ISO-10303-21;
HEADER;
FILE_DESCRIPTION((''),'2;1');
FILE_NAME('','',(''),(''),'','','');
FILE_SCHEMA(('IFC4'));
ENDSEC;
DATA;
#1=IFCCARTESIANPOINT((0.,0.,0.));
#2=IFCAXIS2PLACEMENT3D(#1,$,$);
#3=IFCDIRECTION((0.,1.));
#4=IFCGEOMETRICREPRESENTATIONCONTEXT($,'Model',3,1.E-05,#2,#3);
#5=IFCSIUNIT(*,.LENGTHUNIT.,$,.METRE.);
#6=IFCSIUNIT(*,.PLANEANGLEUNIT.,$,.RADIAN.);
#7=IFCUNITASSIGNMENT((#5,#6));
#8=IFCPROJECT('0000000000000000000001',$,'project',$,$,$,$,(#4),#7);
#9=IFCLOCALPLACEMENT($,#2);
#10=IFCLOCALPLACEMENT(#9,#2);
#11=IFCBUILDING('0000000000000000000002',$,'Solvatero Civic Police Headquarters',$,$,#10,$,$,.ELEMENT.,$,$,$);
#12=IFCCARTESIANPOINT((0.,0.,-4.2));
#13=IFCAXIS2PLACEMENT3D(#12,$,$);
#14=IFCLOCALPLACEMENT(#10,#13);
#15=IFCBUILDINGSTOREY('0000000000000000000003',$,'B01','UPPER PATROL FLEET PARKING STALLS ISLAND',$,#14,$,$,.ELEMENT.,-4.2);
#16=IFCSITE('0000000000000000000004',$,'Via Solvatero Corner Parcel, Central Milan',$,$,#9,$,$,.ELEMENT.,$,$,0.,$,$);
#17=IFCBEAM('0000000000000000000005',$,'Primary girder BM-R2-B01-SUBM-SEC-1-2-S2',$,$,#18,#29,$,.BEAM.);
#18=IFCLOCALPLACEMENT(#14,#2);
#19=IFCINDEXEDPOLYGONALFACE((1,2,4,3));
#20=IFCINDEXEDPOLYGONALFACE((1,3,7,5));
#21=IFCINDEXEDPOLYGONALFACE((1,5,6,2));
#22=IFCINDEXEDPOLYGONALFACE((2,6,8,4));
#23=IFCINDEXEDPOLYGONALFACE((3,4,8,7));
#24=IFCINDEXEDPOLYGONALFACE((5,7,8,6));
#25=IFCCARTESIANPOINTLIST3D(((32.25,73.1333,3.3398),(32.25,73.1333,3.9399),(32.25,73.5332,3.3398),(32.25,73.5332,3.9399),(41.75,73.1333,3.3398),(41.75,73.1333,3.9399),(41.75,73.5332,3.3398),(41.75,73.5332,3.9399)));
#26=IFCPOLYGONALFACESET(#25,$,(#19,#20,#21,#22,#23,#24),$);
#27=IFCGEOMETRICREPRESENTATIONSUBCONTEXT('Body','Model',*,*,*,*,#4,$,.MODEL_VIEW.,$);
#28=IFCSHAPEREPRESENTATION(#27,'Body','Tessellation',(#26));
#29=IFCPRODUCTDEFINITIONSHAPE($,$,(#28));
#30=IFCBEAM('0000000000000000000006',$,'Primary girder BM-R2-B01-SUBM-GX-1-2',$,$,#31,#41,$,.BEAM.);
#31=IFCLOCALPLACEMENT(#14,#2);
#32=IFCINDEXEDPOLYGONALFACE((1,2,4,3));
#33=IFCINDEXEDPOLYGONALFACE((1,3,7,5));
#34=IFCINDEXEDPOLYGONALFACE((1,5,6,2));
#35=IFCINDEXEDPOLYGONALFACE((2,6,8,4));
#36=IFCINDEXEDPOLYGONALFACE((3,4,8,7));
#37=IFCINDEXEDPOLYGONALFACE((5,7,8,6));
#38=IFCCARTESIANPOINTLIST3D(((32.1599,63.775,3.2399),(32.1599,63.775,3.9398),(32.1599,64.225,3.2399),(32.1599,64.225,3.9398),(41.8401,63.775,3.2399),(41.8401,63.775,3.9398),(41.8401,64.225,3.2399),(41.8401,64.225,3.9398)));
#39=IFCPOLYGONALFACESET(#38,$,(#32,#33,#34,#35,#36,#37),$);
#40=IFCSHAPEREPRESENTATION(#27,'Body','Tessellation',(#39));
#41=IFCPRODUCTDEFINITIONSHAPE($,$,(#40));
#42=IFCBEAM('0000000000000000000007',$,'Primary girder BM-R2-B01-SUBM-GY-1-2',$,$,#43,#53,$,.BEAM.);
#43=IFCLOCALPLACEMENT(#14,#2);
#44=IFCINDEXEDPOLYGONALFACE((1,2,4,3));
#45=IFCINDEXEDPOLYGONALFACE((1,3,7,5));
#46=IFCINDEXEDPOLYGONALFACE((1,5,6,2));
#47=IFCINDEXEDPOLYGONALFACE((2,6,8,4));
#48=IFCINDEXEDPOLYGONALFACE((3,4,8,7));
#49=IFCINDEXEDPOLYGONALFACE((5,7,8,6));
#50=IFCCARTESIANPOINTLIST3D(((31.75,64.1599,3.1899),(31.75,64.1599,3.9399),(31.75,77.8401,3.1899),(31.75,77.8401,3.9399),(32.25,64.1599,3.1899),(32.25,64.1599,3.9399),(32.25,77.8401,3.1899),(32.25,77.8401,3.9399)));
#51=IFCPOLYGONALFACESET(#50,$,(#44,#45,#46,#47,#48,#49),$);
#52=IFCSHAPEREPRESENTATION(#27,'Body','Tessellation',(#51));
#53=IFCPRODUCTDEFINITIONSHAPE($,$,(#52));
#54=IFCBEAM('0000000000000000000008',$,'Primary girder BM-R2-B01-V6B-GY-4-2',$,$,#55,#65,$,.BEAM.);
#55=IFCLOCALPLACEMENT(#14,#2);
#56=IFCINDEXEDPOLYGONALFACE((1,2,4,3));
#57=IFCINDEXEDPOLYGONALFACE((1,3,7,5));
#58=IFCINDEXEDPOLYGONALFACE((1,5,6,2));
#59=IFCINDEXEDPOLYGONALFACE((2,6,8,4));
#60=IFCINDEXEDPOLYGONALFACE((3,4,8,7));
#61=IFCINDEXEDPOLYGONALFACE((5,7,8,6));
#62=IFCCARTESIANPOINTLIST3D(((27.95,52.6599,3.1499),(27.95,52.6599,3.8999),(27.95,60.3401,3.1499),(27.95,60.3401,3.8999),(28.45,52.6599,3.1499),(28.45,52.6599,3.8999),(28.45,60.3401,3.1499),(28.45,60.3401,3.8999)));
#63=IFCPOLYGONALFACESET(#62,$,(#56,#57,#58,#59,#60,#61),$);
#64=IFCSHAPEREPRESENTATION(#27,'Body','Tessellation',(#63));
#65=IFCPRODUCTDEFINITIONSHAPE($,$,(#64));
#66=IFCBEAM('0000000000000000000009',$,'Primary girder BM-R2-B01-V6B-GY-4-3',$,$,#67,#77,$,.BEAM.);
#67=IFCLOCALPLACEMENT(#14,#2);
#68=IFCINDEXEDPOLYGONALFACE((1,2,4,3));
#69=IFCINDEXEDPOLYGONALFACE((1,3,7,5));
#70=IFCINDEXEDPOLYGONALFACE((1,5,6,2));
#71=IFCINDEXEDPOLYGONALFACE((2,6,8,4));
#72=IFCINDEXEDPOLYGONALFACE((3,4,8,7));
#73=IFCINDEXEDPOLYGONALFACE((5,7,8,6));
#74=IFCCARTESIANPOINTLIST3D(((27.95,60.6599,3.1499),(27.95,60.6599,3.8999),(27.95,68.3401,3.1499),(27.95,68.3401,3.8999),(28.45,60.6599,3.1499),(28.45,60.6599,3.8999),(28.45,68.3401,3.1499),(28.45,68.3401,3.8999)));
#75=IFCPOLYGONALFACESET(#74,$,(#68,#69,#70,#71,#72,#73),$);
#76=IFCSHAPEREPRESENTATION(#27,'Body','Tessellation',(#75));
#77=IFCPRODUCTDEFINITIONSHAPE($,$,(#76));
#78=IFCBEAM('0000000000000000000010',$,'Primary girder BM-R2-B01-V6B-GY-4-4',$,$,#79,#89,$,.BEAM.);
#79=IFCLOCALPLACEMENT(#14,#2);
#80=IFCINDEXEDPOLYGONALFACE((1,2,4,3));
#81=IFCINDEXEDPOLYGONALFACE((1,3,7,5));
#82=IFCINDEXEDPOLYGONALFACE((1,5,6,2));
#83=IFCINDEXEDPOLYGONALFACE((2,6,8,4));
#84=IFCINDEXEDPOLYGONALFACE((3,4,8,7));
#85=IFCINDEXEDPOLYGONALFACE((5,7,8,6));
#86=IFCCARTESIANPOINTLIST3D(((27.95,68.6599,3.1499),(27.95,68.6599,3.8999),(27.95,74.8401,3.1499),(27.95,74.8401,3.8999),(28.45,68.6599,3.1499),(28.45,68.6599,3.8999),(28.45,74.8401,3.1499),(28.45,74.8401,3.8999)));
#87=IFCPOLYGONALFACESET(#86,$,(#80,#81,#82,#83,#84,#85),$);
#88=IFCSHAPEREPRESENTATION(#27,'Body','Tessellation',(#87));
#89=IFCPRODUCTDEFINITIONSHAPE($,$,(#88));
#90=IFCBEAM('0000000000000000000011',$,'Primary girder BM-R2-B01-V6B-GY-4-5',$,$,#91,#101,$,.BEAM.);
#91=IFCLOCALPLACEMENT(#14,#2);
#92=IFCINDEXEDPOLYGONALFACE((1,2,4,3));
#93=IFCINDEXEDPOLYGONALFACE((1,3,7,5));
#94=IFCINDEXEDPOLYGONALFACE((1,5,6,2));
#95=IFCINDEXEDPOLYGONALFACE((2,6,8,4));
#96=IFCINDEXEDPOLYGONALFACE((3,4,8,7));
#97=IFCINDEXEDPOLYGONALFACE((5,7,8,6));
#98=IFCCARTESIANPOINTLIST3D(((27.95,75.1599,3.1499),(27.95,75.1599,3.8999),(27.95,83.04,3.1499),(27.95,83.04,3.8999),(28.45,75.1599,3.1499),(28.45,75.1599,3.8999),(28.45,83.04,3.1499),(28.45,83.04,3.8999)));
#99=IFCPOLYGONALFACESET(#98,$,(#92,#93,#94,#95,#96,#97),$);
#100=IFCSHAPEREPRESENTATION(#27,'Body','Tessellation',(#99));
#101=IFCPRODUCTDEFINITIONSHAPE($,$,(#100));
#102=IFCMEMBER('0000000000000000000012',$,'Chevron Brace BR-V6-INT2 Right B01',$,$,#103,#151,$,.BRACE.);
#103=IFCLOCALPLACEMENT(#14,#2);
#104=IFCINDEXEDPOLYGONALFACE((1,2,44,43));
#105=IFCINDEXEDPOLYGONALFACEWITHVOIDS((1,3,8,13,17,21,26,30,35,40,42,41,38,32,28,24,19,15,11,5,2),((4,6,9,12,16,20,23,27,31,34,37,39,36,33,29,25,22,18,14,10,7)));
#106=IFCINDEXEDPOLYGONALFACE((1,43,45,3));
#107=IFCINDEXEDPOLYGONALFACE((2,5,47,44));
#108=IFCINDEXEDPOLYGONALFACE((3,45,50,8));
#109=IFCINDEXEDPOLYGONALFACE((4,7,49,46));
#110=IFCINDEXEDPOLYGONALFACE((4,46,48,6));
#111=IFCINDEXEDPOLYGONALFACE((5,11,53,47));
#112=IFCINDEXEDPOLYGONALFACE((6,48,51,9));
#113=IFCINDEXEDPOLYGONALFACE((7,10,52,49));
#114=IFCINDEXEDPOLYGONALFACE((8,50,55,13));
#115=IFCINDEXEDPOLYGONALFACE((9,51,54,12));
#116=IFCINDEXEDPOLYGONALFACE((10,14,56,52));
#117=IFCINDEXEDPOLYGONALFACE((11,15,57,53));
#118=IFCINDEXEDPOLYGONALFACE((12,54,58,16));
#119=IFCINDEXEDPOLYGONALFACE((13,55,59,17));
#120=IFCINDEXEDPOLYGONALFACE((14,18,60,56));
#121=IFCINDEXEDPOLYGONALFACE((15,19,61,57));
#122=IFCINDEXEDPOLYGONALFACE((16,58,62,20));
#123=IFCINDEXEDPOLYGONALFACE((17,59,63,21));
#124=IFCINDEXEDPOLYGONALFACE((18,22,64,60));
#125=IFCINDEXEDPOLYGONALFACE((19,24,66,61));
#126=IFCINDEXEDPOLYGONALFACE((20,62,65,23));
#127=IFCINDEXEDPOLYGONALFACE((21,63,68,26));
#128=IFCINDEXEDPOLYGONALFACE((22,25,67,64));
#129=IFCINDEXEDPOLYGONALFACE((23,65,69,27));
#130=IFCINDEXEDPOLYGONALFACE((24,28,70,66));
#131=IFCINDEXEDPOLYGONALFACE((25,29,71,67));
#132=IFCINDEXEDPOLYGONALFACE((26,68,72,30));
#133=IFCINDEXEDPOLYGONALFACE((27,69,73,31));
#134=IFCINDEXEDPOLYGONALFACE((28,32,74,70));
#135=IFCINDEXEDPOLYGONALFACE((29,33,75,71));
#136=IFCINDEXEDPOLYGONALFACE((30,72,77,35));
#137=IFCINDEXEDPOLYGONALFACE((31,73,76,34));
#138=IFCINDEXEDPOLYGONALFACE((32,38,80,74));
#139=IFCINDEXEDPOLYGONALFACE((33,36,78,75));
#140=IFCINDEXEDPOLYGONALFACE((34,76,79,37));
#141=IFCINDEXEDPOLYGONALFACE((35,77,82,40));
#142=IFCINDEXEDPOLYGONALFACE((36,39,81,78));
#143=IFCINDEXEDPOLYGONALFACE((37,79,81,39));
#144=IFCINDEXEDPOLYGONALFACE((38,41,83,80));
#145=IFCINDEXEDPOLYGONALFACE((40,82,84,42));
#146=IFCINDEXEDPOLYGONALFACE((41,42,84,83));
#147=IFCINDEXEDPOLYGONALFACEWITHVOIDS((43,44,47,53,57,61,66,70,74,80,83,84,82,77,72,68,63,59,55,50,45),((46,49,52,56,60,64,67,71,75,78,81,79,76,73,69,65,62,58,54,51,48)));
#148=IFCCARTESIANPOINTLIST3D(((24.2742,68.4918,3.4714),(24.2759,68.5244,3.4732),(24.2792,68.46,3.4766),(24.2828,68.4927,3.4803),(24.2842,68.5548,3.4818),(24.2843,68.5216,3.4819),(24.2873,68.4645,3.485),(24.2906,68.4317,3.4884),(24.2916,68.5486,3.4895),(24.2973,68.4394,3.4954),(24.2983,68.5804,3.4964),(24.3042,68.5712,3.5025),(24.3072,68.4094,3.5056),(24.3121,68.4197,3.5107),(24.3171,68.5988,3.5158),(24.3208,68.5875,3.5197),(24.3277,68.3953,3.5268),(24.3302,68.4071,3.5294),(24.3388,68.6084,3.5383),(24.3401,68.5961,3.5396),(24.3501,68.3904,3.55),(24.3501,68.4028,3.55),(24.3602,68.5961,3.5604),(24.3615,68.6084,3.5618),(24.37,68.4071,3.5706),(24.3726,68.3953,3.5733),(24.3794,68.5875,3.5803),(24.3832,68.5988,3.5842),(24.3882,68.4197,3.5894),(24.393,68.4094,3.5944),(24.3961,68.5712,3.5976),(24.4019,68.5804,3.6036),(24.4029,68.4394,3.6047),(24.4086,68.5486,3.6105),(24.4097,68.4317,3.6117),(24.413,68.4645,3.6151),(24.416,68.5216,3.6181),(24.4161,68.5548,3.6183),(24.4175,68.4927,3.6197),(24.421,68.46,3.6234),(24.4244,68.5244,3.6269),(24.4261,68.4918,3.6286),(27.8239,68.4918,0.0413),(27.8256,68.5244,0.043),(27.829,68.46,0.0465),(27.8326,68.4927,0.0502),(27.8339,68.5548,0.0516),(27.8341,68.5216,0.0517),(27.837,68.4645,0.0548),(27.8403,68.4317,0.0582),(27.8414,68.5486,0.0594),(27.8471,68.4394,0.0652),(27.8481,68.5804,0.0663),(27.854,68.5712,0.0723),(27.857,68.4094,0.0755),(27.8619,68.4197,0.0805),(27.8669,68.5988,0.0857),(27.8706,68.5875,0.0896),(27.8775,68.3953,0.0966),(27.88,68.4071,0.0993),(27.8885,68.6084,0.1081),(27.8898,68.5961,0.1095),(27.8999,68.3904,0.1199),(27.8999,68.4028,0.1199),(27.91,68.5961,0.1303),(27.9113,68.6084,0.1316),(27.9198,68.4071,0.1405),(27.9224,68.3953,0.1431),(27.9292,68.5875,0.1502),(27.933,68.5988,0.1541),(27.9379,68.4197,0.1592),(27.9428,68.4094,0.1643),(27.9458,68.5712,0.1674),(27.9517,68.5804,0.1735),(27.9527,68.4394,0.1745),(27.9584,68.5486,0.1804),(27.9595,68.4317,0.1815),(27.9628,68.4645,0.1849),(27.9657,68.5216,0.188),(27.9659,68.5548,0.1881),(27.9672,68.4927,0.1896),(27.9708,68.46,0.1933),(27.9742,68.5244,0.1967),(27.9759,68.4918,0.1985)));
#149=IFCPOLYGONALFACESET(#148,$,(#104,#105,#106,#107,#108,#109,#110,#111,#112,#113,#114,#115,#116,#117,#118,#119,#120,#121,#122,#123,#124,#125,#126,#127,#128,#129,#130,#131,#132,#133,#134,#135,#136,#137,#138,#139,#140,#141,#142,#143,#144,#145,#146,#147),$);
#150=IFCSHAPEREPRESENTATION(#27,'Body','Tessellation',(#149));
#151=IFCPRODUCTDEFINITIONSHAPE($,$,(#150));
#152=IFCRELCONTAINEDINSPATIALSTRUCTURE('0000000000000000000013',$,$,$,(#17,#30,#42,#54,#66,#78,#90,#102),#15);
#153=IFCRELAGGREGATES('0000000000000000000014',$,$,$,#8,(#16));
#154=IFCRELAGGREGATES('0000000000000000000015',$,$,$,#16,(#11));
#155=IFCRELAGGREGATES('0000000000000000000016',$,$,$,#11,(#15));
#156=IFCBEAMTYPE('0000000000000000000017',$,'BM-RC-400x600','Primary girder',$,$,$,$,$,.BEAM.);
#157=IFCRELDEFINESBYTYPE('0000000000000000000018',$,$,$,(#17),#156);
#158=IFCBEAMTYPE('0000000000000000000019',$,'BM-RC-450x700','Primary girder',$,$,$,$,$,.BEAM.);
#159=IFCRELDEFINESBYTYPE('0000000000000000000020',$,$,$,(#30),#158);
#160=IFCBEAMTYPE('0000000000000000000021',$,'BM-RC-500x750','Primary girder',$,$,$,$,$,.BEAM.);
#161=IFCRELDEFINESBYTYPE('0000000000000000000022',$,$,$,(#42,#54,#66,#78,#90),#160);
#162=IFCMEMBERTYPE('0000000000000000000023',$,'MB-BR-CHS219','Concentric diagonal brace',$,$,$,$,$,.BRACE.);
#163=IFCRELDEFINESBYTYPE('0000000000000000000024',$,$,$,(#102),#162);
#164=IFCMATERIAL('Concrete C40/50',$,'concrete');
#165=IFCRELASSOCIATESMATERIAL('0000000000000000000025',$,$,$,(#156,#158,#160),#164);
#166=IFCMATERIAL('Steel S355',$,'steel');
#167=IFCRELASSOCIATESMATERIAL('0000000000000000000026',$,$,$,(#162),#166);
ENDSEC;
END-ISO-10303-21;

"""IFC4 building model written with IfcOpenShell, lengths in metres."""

from ifc_helpers import new_model, si_unit, direction, frame, origin, origin_2d, place, context, subcontext, project, spatial, rectangle, hollow_circle, extrude, material, material_profile, profile_set, type_object, element, save


model = new_model("IFC4")

# Units and contexts
model_context = context("Model", 3, precision=1e-05, world=origin(), true_north=direction((0.0, 1.0)))
body_context = subcontext(model_context, "Body", "Model", "MODEL_VIEW")
ifc_project = project(units=[si_unit("LENGTHUNIT", "METRE"), si_unit("PLANEANGLEUNIT", "RADIAN")], contexts=[model_context])

# Site, building, storey
site_placement = place(None, origin())
site = spatial("IfcSite", under=ifc_project, at=site_placement, Name="Via Solvatero Corner Parcel, Central Milan", CompositionType="ELEMENT", RefElevation=0.0)
building_placement = place(site_placement, origin())
building = spatial("IfcBuilding", under=site, at=building_placement, Name="Solvatero Civic Police Headquarters", CompositionType="ELEMENT")
storey_placement = place(building_placement, frame((0.0, 0.0, -4.2)))
storey = spatial("IfcBuildingStorey", under=building, at=storey_placement, Name="B01", Description="UPPER PATROL FLEET PARKING STALLS ISLAND", CompositionType="ELEMENT", Elevation=-4.2)

# Shared definitions
ifc_material_1 = material(Name="Concrete C40/50", Category="concrete")

# Beams
ifc_material_profile_1 = material_profile(ifc_material_1, rectangle(XDim=0.3999, YDim=0.6001, at=origin_2d()), Name="RC 400x600")
ifc_profile_set_1 = profile_set([ifc_material_profile_1], Name="Concrete C40/50")
beam_type_1 = type_object("IfcBeamType", Name="BM-RC-400x600", Description="Primary girder", PredefinedType="BEAM", material=ifc_profile_set_1)
for number, where, z_axis, x_axis, name in (
    (1, (32.25, 73.3333, 3.6399), (1.0, 0.0, 0.0), (0.0, 1.0, 0.0), "Primary girder BM-R2-B01-SUBM-SEC-1-2-S2"),
):
    element("IfcBeam", number, at=place(storey_placement, frame(where, z_axis=z_axis, x_axis=x_axis)), inside=storey, type_object=beam_type_1, Name=name, PredefinedType="BEAM", context=body_context, shape_type="SweptSolid", body=[
        extrude(rectangle(XDim=0.3999, YDim=0.6001, at=origin_2d()), origin(), (0.0, 0.0, 1.0), 9.5),
    ])
ifc_material_profile_2 = material_profile(ifc_material_1, rectangle(XDim=0.45, YDim=0.7, at=origin_2d()), Name="RC 450x700")
ifc_profile_set_2 = profile_set([ifc_material_profile_2], Name="Concrete C40/50")
beam_type_2 = type_object("IfcBeamType", Name="BM-RC-450x700", Description="Primary girder", PredefinedType="BEAM", material=ifc_profile_set_2)
beam_1_placement = place(storey_placement, frame((32.1599, 64.0, 3.5898), z_axis=(1.0, 0.0, 0.0), x_axis=(0.0, 1.0, 0.0)))
element("IfcBeam", 2, at=beam_1_placement, inside=storey, type_object=beam_type_2, Name="Primary girder BM-R2-B01-SUBM-GX-1-2", PredefinedType="BEAM", context=body_context, shape_type="SweptSolid", body=[
    extrude(rectangle(XDim=0.45, YDim=0.7, at=origin_2d()), origin(), (0.0, 0.0, 1.0), 9.6802),
])
ifc_material_profile_3 = material_profile(ifc_material_1, rectangle(XDim=0.5, YDim=0.75, at=origin_2d()), Name="RC 500x750")
ifc_profile_set_3 = profile_set([ifc_material_profile_3], Name="Concrete C40/50")
beam_type_3 = type_object("IfcBeamType", Name="BM-RC-500x750", Description="Primary girder", PredefinedType="BEAM", material=ifc_profile_set_3)
beam_2_placement = place(storey_placement, frame((32.0, 64.1599, 3.5649), z_axis=(0.0, 1.0, 0.0), x_axis=(-1.0, 0.0, 0.0)))
element("IfcBeam", 3, at=beam_2_placement, inside=storey, type_object=beam_type_3, Name="Primary girder BM-R2-B01-SUBM-GY-1-2", PredefinedType="BEAM", context=body_context, shape_type="SweptSolid", body=[
    extrude(rectangle(XDim=0.5, YDim=0.75, at=origin_2d()), origin(), (0.0, 0.0, 1.0), 13.6802),
])
for number, where, z_axis, x_axis, name in (
    (4, (28.2, 52.6599, 3.5249), (0.0, 1.0, 0.0), (-1.0, 0.0, 0.0), "Primary girder BM-R2-B01-V6B-GY-4-2"),
    (5, (28.2, 60.6599, 3.5249), (0.0, 1.0, 0.0), (-1.0, 0.0, 0.0), "Primary girder BM-R2-B01-V6B-GY-4-3"),
):
    element("IfcBeam", number, at=place(storey_placement, frame(where, z_axis=z_axis, x_axis=x_axis)), inside=storey, type_object=beam_type_3, Name=name, PredefinedType="BEAM", context=body_context, shape_type="SweptSolid", body=[
        extrude(rectangle(XDim=0.5, YDim=0.75, at=origin_2d()), origin(), (0.0, 0.0, 1.0), 7.6802),
    ])
beam_3_placement = place(storey_placement, frame((28.2, 68.6599, 3.5249), z_axis=(0.0, 1.0, 0.0), x_axis=(-1.0, 0.0, 0.0)))
element("IfcBeam", 6, at=beam_3_placement, inside=storey, type_object=beam_type_3, Name="Primary girder BM-R2-B01-V6B-GY-4-4", PredefinedType="BEAM", context=body_context, shape_type="SweptSolid", body=[
    extrude(rectangle(XDim=0.5, YDim=0.75, at=origin_2d()), origin(), (0.0, 0.0, 1.0), 6.1802),
])
beam_4_placement = place(storey_placement, frame((28.2, 75.1599, 3.5249), z_axis=(0.0, 1.0, 0.0), x_axis=(-1.0, 0.0, 0.0)))
element("IfcBeam", 7, at=beam_4_placement, inside=storey, type_object=beam_type_3, Name="Primary girder BM-R2-B01-V6B-GY-4-5", PredefinedType="BEAM", context=body_context, shape_type="SweptSolid", body=[
    extrude(rectangle(XDim=0.5, YDim=0.75, at=origin_2d()), origin(), (0.0, 0.0, 1.0), 7.8801),
])

# Member
ifc_material_2 = material(Name="Steel S355", Category="steel")
ifc_material_profile_4 = material_profile(ifc_material_2, hollow_circle(Radius=0.1096, WallThickness=0.0125, at=origin_2d()), Name="CHS 219.1x12.5")
ifc_profile_set_4 = profile_set([ifc_material_profile_4], Name="Steel S355")
member_type_1 = type_object("IfcMemberType", Name="MB-BR-CHS219", Description="Concentric diagonal brace", PredefinedType="BRACE", material=ifc_profile_set_4)
member_1_placement = place(storey_placement, frame((27.8999, 68.5, 0.1199), z_axis=(-0.71912, 0.0, 0.694886), x_axis=(0.0, -1.0, 0.0)))
element("IfcMember", 8, at=member_1_placement, inside=storey, type_object=member_type_1, Name="Chevron Brace BR-V6-INT2 Right B01", PredefinedType="BRACE", context=body_context, shape_type="SweptSolid", body=[
    extrude(hollow_circle(Radius=0.1096, WallThickness=0.0125, at=origin_2d()), origin(), (0.0, 0.0, 1.0), 4.9363),
])

save(model, "model.ifc")
